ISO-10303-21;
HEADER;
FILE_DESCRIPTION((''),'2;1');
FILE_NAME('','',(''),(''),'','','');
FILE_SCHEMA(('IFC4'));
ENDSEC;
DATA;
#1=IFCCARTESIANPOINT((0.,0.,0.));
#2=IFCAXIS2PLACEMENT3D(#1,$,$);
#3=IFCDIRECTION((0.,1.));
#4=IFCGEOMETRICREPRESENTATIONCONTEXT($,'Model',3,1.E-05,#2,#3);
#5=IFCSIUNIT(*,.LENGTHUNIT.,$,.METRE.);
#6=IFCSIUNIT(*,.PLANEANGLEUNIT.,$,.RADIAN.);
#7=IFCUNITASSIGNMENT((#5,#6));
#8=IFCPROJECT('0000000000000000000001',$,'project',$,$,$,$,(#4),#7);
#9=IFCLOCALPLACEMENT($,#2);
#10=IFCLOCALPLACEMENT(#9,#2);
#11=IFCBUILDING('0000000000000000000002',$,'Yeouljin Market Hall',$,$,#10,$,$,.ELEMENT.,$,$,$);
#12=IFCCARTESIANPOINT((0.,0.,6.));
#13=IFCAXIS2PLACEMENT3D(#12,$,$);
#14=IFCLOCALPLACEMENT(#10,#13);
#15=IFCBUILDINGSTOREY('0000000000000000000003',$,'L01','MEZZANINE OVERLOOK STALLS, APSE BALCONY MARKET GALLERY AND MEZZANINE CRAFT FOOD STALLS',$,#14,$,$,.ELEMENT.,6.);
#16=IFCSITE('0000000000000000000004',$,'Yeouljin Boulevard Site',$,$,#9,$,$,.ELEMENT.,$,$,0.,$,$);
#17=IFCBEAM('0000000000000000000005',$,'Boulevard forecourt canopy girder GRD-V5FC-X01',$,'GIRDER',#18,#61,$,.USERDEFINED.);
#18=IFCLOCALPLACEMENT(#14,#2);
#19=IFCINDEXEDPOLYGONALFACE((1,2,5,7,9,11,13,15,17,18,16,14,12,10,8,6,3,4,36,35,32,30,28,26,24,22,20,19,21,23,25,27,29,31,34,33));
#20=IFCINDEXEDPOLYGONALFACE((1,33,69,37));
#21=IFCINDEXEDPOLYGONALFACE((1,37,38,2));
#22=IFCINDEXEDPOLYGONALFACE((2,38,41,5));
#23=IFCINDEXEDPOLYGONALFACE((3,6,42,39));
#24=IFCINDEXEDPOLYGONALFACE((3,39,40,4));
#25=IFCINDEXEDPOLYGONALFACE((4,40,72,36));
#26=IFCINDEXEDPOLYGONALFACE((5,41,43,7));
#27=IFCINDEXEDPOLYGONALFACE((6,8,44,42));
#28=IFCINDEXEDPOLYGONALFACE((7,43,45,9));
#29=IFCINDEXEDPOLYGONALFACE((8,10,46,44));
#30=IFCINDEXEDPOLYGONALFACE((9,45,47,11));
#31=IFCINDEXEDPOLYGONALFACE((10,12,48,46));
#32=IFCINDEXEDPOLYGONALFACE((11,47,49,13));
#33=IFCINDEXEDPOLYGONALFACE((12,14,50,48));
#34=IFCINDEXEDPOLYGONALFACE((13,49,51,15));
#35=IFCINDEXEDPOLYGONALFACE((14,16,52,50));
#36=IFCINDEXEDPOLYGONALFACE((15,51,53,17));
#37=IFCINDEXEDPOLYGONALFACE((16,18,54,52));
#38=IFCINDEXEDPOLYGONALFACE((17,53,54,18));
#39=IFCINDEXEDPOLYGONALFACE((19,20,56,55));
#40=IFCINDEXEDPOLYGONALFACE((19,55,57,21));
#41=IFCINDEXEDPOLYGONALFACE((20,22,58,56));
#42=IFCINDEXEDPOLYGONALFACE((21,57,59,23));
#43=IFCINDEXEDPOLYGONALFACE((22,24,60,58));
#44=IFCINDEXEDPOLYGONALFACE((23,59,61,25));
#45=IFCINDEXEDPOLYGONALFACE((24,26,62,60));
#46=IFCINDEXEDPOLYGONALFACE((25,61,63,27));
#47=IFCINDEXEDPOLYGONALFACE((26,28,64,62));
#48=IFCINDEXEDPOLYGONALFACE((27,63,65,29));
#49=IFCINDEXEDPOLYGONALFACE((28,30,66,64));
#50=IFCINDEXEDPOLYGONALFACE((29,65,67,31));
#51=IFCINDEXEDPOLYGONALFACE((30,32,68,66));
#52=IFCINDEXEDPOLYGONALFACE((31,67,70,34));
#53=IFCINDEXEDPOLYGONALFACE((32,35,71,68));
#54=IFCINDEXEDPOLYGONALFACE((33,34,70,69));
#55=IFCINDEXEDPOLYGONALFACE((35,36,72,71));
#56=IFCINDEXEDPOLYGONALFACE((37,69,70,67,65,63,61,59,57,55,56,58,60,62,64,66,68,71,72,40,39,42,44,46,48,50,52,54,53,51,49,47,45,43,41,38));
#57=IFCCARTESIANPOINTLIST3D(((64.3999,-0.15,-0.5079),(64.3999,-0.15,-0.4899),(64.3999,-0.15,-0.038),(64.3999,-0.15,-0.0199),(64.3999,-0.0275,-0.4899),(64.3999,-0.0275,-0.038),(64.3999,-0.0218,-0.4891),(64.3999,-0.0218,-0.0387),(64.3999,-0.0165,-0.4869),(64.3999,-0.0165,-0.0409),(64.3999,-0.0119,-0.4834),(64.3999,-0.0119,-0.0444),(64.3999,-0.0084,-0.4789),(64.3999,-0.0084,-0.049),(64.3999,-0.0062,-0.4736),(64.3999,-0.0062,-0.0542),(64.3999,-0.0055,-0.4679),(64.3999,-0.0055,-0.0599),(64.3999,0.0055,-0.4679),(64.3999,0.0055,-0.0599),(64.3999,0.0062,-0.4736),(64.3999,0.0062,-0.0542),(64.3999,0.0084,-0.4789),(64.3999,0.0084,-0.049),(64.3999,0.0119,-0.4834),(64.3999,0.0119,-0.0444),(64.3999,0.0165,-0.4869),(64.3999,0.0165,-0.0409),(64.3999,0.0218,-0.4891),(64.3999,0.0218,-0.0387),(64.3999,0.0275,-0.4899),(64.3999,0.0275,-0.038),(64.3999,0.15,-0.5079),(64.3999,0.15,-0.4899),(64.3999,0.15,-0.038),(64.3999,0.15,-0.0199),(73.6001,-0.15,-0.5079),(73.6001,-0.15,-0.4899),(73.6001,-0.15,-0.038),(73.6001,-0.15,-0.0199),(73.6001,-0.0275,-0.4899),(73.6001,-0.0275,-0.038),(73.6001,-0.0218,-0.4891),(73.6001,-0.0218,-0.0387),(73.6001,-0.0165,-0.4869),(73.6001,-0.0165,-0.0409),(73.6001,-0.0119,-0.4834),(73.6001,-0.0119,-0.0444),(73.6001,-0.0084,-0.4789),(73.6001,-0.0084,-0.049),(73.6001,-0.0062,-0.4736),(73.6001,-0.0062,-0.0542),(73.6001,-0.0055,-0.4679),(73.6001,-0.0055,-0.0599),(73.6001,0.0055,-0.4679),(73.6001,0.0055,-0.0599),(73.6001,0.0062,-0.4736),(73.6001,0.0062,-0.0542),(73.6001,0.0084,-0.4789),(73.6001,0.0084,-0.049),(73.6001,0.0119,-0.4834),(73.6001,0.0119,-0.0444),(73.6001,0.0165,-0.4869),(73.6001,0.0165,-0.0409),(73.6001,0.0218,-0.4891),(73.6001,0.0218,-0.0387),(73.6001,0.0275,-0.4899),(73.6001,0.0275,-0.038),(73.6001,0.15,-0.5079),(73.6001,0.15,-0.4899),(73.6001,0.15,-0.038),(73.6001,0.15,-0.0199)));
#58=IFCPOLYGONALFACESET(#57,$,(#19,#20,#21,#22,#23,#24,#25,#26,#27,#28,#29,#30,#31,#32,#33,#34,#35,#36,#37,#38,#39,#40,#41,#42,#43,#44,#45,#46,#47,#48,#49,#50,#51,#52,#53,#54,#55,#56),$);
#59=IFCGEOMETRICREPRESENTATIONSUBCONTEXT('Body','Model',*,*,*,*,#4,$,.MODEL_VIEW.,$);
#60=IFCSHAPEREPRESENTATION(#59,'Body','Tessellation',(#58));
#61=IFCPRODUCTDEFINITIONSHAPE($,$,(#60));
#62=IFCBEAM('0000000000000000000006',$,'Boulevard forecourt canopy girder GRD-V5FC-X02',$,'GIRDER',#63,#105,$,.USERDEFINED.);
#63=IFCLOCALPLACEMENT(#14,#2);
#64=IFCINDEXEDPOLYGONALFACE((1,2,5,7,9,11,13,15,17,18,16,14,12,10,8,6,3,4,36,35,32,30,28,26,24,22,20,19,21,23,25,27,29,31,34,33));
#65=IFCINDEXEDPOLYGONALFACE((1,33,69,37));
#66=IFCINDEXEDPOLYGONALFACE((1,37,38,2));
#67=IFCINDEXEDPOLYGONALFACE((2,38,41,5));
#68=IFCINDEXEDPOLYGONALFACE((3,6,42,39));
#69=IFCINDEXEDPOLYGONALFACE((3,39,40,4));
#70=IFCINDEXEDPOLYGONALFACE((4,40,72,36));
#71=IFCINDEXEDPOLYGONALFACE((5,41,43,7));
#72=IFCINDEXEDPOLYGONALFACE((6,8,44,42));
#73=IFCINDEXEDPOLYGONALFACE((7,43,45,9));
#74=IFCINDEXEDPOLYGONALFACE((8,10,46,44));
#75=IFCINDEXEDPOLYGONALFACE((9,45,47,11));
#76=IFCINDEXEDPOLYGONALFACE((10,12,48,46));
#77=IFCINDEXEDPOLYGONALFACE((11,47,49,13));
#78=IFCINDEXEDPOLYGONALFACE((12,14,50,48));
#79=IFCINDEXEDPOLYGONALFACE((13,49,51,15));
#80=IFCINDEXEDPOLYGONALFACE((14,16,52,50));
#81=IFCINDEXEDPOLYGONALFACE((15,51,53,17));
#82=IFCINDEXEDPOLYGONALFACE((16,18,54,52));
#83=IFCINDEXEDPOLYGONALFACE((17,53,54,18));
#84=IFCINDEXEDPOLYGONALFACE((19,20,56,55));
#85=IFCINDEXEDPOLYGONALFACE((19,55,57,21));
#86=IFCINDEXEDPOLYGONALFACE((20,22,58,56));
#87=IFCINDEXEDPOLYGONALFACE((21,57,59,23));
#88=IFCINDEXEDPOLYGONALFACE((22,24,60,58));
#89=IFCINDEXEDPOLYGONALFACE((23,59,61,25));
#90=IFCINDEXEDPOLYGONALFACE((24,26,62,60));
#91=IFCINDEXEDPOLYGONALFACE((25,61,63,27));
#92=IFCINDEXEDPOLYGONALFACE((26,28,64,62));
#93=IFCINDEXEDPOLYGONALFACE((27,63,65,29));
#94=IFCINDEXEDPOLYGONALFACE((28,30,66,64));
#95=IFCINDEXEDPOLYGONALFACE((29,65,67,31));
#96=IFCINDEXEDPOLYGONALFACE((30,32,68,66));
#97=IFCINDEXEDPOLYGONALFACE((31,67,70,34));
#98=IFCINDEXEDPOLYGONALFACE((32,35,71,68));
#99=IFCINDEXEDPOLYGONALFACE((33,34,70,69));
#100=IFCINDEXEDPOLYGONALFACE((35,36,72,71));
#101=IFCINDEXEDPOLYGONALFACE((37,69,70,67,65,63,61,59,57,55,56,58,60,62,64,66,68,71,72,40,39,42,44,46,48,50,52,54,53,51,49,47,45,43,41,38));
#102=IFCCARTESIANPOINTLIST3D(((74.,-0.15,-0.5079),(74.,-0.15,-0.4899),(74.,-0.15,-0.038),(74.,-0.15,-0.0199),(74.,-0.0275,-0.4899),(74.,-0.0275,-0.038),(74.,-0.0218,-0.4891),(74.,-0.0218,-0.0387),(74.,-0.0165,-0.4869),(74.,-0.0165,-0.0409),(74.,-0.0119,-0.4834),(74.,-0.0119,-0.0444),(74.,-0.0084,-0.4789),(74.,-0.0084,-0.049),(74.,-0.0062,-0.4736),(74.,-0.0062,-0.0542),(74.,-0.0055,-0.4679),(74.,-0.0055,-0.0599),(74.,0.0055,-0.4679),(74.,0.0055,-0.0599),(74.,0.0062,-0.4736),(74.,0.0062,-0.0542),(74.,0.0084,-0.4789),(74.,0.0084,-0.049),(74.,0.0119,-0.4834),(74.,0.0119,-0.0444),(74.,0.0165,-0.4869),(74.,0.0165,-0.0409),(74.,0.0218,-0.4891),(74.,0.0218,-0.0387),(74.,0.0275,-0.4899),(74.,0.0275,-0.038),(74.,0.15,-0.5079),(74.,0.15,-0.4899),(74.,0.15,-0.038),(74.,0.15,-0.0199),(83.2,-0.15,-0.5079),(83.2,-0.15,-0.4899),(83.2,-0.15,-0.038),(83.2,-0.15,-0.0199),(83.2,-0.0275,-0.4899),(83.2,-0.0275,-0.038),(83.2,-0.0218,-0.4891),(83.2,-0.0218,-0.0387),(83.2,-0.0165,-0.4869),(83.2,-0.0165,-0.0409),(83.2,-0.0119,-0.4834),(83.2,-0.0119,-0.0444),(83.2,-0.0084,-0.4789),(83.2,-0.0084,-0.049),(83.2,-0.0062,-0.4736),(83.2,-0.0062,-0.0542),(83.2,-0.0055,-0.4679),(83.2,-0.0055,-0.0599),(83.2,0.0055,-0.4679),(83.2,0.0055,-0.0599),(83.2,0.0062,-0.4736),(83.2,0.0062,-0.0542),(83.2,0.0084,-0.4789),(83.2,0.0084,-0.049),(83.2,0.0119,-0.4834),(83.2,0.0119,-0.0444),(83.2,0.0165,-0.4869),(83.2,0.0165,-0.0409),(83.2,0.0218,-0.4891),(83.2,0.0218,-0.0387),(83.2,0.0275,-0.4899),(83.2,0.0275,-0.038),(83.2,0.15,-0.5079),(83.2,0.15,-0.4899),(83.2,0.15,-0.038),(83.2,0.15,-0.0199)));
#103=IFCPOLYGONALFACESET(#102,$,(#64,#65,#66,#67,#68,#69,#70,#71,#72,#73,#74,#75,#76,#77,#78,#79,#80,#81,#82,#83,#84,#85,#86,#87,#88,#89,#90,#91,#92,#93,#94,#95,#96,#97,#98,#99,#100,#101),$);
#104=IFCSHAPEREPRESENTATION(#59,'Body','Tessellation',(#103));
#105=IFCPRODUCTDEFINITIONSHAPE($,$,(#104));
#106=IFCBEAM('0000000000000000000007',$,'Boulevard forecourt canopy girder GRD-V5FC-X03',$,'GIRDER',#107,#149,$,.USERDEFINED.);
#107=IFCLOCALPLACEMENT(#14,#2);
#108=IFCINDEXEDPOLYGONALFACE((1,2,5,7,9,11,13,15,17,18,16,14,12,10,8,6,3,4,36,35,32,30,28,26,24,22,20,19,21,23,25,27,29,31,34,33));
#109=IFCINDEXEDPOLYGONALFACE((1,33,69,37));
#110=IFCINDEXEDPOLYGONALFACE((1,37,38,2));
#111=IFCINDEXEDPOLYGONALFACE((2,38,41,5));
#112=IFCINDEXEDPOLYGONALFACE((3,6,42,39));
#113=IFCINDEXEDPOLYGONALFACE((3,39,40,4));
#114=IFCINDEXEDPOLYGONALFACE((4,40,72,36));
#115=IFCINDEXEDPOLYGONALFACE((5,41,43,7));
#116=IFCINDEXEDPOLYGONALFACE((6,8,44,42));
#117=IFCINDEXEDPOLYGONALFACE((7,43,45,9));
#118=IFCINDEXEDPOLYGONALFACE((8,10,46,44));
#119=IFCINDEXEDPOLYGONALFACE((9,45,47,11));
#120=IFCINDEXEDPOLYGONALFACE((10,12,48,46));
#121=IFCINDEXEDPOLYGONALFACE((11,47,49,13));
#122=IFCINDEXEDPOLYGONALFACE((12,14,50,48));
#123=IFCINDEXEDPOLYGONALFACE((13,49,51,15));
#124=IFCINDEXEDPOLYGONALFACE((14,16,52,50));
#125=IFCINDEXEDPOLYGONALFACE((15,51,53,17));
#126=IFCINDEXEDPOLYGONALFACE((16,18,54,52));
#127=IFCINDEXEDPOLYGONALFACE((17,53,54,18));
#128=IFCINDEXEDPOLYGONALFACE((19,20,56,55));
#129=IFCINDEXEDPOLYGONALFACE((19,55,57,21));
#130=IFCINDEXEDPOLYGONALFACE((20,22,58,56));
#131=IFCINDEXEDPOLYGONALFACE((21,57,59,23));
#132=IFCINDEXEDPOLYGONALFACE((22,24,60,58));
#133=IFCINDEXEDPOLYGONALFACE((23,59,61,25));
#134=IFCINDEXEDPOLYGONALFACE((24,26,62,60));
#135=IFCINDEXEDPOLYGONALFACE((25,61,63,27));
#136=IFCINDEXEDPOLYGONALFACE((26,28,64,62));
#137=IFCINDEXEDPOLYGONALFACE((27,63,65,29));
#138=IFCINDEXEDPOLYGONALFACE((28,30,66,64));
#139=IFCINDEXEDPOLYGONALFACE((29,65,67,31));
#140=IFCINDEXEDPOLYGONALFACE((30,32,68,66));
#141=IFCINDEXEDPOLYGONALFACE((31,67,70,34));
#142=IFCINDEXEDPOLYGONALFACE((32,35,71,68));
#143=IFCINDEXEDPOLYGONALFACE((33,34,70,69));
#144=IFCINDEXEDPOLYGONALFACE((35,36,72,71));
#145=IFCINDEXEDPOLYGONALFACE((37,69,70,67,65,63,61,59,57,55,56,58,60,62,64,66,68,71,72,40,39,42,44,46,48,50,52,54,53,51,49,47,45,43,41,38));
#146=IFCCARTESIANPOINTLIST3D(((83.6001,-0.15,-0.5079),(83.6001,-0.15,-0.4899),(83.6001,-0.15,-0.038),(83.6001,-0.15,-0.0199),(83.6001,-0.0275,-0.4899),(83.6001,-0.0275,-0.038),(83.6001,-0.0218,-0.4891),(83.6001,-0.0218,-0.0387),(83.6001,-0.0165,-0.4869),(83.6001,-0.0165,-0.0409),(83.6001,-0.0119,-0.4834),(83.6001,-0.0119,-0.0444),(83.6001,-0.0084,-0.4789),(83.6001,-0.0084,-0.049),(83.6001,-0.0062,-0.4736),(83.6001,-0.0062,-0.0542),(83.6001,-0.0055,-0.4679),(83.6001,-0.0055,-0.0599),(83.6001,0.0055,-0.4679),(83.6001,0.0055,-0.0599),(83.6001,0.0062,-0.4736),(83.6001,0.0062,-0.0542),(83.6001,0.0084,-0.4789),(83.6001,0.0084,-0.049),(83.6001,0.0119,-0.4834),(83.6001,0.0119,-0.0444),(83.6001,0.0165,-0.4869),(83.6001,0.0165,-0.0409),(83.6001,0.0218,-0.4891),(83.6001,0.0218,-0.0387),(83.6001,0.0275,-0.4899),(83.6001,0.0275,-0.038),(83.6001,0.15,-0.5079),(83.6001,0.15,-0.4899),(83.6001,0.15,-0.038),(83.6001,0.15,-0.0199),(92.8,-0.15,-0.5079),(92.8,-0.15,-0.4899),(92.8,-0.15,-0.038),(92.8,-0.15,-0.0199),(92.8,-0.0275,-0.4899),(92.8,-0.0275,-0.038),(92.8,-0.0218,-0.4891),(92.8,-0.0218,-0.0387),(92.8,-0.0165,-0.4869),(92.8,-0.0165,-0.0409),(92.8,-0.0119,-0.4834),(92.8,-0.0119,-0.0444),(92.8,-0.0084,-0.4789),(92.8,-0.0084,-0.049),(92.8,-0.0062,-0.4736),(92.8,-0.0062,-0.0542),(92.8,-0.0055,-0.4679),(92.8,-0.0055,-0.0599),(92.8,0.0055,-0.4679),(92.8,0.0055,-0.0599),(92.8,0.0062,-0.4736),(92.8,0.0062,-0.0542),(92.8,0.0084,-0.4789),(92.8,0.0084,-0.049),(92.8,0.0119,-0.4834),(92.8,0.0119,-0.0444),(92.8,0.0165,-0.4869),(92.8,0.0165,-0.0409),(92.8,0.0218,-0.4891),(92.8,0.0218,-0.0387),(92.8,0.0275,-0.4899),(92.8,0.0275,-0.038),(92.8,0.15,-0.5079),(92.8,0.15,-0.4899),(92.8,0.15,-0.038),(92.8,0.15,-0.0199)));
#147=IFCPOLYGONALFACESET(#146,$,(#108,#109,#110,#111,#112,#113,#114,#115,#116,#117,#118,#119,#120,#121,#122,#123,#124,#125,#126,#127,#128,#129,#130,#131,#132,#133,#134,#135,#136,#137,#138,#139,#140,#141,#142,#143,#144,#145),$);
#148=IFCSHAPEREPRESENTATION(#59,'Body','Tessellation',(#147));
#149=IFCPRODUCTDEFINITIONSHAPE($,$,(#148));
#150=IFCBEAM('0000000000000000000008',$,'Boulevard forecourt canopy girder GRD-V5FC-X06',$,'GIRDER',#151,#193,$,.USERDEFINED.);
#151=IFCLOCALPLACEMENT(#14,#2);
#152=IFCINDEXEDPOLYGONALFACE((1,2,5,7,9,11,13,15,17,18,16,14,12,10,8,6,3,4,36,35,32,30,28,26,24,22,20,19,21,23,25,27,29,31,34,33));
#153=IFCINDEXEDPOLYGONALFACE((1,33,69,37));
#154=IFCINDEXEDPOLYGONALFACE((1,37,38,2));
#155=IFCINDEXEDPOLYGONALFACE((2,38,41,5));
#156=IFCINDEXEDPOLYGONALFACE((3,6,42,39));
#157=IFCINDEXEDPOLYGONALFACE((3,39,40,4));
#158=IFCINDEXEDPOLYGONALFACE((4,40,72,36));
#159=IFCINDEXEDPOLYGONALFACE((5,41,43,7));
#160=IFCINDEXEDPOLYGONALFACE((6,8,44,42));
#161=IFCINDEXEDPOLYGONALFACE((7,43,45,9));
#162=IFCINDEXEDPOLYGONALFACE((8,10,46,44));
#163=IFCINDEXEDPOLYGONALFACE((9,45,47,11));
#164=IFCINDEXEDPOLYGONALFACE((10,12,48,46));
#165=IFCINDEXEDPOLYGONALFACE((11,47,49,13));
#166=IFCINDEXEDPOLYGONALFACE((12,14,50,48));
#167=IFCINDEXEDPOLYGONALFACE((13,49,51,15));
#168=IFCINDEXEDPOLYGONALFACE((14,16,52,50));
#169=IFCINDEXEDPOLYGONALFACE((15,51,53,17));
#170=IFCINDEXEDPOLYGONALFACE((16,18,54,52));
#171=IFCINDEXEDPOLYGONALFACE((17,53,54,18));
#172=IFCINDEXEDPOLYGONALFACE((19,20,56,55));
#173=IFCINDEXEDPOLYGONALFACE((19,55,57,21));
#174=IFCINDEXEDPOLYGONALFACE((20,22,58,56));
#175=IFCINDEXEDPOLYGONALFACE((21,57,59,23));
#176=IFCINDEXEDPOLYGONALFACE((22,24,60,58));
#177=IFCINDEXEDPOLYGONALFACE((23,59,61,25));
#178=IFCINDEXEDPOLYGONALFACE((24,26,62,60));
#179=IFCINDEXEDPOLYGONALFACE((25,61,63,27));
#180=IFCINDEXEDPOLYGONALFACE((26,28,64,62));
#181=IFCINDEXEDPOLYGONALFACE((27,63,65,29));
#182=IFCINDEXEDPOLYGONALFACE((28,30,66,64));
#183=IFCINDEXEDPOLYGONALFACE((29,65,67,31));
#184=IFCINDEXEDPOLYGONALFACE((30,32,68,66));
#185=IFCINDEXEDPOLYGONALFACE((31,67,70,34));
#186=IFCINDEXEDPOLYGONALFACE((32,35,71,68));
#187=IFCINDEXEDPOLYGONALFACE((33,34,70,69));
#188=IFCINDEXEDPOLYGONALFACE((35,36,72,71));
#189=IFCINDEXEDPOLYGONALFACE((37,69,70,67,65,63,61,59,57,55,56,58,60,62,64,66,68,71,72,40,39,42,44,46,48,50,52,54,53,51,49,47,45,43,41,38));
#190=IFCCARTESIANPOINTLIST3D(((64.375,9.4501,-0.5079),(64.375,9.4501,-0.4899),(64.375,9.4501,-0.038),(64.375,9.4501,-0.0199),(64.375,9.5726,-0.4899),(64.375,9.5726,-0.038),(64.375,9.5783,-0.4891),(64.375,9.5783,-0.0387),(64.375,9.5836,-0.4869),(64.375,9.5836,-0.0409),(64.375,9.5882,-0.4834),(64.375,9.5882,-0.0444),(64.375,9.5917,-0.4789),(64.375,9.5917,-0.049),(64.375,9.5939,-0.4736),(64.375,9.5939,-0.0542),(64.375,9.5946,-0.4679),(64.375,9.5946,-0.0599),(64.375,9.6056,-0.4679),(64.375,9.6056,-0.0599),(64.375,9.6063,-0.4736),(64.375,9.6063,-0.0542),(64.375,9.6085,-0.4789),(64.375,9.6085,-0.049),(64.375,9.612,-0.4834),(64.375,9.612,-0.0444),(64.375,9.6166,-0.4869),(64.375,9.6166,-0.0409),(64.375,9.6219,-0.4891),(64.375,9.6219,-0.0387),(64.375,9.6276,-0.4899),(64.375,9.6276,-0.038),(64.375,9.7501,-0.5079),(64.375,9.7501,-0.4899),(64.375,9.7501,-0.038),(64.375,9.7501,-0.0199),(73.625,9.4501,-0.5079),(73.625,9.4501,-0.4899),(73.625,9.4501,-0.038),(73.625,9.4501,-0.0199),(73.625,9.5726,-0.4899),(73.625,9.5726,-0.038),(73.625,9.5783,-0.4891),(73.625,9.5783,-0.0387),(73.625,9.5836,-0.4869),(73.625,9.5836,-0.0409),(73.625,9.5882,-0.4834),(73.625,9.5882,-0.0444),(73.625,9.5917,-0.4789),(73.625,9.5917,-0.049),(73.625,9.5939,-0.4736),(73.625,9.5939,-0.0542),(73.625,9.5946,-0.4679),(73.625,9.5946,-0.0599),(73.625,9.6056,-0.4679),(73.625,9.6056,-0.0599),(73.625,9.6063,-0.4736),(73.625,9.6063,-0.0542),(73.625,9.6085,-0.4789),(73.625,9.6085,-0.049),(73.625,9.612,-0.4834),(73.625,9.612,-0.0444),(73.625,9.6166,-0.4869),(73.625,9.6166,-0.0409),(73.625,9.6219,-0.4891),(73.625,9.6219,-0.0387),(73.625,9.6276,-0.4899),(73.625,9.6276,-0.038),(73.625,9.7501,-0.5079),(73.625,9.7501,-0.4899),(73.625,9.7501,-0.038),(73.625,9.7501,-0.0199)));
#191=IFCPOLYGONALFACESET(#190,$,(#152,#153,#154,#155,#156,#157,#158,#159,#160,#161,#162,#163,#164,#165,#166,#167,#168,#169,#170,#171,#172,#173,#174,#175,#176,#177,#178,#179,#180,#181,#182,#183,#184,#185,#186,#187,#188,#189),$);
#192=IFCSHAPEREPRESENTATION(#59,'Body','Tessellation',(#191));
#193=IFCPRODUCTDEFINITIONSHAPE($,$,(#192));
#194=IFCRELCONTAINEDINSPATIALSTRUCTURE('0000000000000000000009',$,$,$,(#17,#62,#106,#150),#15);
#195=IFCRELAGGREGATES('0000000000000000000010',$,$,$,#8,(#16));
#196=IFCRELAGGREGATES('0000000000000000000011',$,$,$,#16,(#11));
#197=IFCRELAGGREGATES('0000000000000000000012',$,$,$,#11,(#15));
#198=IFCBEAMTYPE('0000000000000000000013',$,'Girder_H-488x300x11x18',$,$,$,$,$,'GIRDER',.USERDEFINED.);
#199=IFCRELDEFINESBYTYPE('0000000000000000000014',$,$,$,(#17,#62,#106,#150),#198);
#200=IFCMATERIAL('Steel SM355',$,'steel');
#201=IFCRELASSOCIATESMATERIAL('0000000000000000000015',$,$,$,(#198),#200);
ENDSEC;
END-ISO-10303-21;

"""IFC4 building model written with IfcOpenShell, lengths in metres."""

from ifc_helpers import new_model, si_unit, direction, frame, origin, origin_2d, place, context, subcontext, project, spatial, i_section, extrude, material, material_profile, profile_set, type_object, element, save


model = new_model("IFC4")

# Units and contexts
model_context = context("Model", 3, precision=1e-05, world=origin(), true_north=direction((0.0, 1.0)))
body_context = subcontext(model_context, "Body", "Model", "MODEL_VIEW")
ifc_project = project(units=[si_unit("LENGTHUNIT", "METRE"), si_unit("PLANEANGLEUNIT", "RADIAN")], contexts=[model_context])

# Site, building, storey
site_placement = place(None, origin())
site = spatial("IfcSite", under=ifc_project, at=site_placement, Name="Yeouljin Boulevard Site", CompositionType="ELEMENT", RefElevation=0.0)
building_placement = place(site_placement, origin())
building = spatial("IfcBuilding", under=site, at=building_placement, Name="Yeouljin Market Hall", CompositionType="ELEMENT")
storey_placement = place(building_placement, frame((0.0, 0.0, 6.0)))
storey = spatial("IfcBuildingStorey", under=building, at=storey_placement, Name="L01", Description="MEZZANINE OVERLOOK STALLS, APSE BALCONY MARKET GALLERY AND MEZZANINE CRAFT FOOD STALLS", CompositionType="ELEMENT", Elevation=6.0)

# Beams
ifc_material_1 = material(Name="Steel SM355", Category="steel")
ifc_material_profile_1 = material_profile(ifc_material_1, i_section(OverallWidth=0.3, OverallDepth=0.488, WebThickness=0.011, FlangeThickness=0.0181, FilletRadius=0.022, at=origin_2d()), Name="H-488x300x11x18")
ifc_profile_set_1 = profile_set([ifc_material_profile_1], Name="Steel SM355")
beam_type_1 = type_object("IfcBeamType", Name="Girder_H-488x300x11x18", ElementType="GIRDER", PredefinedType="USERDEFINED", material=ifc_profile_set_1)
beam_1_placement = place(storey_placement, frame((64.3999, 0.0, -0.2639), z_axis=(1.0, 0.0, 0.0), x_axis=(0.0, 1.0, 0.0)))
element("IfcBeam", 1, at=beam_1_placement, inside=storey, type_object=beam_type_1, Name="Boulevard forecourt canopy girder GRD-V5FC-X01", ObjectType="GIRDER", PredefinedType="USERDEFINED", context=body_context, shape_type="SweptSolid", body=[
    extrude(i_section(OverallWidth=0.3, OverallDepth=0.488, WebThickness=0.011, FlangeThickness=0.0181, FilletRadius=0.022, at=origin_2d()), origin(), (0.0, 0.0, 1.0), 9.2002),
])
for number, where, z_axis, x_axis, name in (
    (2, (74.0, 0.0, -0.2639), (1.0, 0.0, 0.0), (0.0, 1.0, 0.0), "Boulevard forecourt canopy girder GRD-V5FC-X02"),
    (3, (83.6001, 0.0, -0.2639), (1.0, 0.0, 0.0), (0.0, 1.0, 0.0), "Boulevard forecourt canopy girder GRD-V5FC-X03"),
):
    element("IfcBeam", number, at=place(storey_placement, frame(where, z_axis=z_axis, x_axis=x_axis)), inside=storey, type_object=beam_type_1, Name=name, ObjectType="GIRDER", PredefinedType="USERDEFINED", context=body_context, shape_type="SweptSolid", body=[
        extrude(i_section(OverallWidth=0.3, OverallDepth=0.488, WebThickness=0.011, FlangeThickness=0.0181, FilletRadius=0.022, at=origin_2d()), origin(), (0.0, 0.0, 1.0), 9.2),
    ])
for number, where, z_axis, x_axis, name in (
    (4, (64.375, 9.6001, -0.2639), (1.0, 0.0, 0.0), (0.0, 1.0, 0.0), "Boulevard forecourt canopy girder GRD-V5FC-X06"),
):
    element("IfcBeam", number, at=place(storey_placement, frame(where, z_axis=z_axis, x_axis=x_axis)), inside=storey, type_object=beam_type_1, Name=name, ObjectType="GIRDER", PredefinedType="USERDEFINED", context=body_context, shape_type="SweptSolid", body=[
        extrude(i_section(OverallWidth=0.3, OverallDepth=0.488, WebThickness=0.011, FlangeThickness=0.0181, FilletRadius=0.022, at=origin_2d()), origin(), (0.0, 0.0, 1.0), 9.25),
    ])

save(model, "model.ifc")
